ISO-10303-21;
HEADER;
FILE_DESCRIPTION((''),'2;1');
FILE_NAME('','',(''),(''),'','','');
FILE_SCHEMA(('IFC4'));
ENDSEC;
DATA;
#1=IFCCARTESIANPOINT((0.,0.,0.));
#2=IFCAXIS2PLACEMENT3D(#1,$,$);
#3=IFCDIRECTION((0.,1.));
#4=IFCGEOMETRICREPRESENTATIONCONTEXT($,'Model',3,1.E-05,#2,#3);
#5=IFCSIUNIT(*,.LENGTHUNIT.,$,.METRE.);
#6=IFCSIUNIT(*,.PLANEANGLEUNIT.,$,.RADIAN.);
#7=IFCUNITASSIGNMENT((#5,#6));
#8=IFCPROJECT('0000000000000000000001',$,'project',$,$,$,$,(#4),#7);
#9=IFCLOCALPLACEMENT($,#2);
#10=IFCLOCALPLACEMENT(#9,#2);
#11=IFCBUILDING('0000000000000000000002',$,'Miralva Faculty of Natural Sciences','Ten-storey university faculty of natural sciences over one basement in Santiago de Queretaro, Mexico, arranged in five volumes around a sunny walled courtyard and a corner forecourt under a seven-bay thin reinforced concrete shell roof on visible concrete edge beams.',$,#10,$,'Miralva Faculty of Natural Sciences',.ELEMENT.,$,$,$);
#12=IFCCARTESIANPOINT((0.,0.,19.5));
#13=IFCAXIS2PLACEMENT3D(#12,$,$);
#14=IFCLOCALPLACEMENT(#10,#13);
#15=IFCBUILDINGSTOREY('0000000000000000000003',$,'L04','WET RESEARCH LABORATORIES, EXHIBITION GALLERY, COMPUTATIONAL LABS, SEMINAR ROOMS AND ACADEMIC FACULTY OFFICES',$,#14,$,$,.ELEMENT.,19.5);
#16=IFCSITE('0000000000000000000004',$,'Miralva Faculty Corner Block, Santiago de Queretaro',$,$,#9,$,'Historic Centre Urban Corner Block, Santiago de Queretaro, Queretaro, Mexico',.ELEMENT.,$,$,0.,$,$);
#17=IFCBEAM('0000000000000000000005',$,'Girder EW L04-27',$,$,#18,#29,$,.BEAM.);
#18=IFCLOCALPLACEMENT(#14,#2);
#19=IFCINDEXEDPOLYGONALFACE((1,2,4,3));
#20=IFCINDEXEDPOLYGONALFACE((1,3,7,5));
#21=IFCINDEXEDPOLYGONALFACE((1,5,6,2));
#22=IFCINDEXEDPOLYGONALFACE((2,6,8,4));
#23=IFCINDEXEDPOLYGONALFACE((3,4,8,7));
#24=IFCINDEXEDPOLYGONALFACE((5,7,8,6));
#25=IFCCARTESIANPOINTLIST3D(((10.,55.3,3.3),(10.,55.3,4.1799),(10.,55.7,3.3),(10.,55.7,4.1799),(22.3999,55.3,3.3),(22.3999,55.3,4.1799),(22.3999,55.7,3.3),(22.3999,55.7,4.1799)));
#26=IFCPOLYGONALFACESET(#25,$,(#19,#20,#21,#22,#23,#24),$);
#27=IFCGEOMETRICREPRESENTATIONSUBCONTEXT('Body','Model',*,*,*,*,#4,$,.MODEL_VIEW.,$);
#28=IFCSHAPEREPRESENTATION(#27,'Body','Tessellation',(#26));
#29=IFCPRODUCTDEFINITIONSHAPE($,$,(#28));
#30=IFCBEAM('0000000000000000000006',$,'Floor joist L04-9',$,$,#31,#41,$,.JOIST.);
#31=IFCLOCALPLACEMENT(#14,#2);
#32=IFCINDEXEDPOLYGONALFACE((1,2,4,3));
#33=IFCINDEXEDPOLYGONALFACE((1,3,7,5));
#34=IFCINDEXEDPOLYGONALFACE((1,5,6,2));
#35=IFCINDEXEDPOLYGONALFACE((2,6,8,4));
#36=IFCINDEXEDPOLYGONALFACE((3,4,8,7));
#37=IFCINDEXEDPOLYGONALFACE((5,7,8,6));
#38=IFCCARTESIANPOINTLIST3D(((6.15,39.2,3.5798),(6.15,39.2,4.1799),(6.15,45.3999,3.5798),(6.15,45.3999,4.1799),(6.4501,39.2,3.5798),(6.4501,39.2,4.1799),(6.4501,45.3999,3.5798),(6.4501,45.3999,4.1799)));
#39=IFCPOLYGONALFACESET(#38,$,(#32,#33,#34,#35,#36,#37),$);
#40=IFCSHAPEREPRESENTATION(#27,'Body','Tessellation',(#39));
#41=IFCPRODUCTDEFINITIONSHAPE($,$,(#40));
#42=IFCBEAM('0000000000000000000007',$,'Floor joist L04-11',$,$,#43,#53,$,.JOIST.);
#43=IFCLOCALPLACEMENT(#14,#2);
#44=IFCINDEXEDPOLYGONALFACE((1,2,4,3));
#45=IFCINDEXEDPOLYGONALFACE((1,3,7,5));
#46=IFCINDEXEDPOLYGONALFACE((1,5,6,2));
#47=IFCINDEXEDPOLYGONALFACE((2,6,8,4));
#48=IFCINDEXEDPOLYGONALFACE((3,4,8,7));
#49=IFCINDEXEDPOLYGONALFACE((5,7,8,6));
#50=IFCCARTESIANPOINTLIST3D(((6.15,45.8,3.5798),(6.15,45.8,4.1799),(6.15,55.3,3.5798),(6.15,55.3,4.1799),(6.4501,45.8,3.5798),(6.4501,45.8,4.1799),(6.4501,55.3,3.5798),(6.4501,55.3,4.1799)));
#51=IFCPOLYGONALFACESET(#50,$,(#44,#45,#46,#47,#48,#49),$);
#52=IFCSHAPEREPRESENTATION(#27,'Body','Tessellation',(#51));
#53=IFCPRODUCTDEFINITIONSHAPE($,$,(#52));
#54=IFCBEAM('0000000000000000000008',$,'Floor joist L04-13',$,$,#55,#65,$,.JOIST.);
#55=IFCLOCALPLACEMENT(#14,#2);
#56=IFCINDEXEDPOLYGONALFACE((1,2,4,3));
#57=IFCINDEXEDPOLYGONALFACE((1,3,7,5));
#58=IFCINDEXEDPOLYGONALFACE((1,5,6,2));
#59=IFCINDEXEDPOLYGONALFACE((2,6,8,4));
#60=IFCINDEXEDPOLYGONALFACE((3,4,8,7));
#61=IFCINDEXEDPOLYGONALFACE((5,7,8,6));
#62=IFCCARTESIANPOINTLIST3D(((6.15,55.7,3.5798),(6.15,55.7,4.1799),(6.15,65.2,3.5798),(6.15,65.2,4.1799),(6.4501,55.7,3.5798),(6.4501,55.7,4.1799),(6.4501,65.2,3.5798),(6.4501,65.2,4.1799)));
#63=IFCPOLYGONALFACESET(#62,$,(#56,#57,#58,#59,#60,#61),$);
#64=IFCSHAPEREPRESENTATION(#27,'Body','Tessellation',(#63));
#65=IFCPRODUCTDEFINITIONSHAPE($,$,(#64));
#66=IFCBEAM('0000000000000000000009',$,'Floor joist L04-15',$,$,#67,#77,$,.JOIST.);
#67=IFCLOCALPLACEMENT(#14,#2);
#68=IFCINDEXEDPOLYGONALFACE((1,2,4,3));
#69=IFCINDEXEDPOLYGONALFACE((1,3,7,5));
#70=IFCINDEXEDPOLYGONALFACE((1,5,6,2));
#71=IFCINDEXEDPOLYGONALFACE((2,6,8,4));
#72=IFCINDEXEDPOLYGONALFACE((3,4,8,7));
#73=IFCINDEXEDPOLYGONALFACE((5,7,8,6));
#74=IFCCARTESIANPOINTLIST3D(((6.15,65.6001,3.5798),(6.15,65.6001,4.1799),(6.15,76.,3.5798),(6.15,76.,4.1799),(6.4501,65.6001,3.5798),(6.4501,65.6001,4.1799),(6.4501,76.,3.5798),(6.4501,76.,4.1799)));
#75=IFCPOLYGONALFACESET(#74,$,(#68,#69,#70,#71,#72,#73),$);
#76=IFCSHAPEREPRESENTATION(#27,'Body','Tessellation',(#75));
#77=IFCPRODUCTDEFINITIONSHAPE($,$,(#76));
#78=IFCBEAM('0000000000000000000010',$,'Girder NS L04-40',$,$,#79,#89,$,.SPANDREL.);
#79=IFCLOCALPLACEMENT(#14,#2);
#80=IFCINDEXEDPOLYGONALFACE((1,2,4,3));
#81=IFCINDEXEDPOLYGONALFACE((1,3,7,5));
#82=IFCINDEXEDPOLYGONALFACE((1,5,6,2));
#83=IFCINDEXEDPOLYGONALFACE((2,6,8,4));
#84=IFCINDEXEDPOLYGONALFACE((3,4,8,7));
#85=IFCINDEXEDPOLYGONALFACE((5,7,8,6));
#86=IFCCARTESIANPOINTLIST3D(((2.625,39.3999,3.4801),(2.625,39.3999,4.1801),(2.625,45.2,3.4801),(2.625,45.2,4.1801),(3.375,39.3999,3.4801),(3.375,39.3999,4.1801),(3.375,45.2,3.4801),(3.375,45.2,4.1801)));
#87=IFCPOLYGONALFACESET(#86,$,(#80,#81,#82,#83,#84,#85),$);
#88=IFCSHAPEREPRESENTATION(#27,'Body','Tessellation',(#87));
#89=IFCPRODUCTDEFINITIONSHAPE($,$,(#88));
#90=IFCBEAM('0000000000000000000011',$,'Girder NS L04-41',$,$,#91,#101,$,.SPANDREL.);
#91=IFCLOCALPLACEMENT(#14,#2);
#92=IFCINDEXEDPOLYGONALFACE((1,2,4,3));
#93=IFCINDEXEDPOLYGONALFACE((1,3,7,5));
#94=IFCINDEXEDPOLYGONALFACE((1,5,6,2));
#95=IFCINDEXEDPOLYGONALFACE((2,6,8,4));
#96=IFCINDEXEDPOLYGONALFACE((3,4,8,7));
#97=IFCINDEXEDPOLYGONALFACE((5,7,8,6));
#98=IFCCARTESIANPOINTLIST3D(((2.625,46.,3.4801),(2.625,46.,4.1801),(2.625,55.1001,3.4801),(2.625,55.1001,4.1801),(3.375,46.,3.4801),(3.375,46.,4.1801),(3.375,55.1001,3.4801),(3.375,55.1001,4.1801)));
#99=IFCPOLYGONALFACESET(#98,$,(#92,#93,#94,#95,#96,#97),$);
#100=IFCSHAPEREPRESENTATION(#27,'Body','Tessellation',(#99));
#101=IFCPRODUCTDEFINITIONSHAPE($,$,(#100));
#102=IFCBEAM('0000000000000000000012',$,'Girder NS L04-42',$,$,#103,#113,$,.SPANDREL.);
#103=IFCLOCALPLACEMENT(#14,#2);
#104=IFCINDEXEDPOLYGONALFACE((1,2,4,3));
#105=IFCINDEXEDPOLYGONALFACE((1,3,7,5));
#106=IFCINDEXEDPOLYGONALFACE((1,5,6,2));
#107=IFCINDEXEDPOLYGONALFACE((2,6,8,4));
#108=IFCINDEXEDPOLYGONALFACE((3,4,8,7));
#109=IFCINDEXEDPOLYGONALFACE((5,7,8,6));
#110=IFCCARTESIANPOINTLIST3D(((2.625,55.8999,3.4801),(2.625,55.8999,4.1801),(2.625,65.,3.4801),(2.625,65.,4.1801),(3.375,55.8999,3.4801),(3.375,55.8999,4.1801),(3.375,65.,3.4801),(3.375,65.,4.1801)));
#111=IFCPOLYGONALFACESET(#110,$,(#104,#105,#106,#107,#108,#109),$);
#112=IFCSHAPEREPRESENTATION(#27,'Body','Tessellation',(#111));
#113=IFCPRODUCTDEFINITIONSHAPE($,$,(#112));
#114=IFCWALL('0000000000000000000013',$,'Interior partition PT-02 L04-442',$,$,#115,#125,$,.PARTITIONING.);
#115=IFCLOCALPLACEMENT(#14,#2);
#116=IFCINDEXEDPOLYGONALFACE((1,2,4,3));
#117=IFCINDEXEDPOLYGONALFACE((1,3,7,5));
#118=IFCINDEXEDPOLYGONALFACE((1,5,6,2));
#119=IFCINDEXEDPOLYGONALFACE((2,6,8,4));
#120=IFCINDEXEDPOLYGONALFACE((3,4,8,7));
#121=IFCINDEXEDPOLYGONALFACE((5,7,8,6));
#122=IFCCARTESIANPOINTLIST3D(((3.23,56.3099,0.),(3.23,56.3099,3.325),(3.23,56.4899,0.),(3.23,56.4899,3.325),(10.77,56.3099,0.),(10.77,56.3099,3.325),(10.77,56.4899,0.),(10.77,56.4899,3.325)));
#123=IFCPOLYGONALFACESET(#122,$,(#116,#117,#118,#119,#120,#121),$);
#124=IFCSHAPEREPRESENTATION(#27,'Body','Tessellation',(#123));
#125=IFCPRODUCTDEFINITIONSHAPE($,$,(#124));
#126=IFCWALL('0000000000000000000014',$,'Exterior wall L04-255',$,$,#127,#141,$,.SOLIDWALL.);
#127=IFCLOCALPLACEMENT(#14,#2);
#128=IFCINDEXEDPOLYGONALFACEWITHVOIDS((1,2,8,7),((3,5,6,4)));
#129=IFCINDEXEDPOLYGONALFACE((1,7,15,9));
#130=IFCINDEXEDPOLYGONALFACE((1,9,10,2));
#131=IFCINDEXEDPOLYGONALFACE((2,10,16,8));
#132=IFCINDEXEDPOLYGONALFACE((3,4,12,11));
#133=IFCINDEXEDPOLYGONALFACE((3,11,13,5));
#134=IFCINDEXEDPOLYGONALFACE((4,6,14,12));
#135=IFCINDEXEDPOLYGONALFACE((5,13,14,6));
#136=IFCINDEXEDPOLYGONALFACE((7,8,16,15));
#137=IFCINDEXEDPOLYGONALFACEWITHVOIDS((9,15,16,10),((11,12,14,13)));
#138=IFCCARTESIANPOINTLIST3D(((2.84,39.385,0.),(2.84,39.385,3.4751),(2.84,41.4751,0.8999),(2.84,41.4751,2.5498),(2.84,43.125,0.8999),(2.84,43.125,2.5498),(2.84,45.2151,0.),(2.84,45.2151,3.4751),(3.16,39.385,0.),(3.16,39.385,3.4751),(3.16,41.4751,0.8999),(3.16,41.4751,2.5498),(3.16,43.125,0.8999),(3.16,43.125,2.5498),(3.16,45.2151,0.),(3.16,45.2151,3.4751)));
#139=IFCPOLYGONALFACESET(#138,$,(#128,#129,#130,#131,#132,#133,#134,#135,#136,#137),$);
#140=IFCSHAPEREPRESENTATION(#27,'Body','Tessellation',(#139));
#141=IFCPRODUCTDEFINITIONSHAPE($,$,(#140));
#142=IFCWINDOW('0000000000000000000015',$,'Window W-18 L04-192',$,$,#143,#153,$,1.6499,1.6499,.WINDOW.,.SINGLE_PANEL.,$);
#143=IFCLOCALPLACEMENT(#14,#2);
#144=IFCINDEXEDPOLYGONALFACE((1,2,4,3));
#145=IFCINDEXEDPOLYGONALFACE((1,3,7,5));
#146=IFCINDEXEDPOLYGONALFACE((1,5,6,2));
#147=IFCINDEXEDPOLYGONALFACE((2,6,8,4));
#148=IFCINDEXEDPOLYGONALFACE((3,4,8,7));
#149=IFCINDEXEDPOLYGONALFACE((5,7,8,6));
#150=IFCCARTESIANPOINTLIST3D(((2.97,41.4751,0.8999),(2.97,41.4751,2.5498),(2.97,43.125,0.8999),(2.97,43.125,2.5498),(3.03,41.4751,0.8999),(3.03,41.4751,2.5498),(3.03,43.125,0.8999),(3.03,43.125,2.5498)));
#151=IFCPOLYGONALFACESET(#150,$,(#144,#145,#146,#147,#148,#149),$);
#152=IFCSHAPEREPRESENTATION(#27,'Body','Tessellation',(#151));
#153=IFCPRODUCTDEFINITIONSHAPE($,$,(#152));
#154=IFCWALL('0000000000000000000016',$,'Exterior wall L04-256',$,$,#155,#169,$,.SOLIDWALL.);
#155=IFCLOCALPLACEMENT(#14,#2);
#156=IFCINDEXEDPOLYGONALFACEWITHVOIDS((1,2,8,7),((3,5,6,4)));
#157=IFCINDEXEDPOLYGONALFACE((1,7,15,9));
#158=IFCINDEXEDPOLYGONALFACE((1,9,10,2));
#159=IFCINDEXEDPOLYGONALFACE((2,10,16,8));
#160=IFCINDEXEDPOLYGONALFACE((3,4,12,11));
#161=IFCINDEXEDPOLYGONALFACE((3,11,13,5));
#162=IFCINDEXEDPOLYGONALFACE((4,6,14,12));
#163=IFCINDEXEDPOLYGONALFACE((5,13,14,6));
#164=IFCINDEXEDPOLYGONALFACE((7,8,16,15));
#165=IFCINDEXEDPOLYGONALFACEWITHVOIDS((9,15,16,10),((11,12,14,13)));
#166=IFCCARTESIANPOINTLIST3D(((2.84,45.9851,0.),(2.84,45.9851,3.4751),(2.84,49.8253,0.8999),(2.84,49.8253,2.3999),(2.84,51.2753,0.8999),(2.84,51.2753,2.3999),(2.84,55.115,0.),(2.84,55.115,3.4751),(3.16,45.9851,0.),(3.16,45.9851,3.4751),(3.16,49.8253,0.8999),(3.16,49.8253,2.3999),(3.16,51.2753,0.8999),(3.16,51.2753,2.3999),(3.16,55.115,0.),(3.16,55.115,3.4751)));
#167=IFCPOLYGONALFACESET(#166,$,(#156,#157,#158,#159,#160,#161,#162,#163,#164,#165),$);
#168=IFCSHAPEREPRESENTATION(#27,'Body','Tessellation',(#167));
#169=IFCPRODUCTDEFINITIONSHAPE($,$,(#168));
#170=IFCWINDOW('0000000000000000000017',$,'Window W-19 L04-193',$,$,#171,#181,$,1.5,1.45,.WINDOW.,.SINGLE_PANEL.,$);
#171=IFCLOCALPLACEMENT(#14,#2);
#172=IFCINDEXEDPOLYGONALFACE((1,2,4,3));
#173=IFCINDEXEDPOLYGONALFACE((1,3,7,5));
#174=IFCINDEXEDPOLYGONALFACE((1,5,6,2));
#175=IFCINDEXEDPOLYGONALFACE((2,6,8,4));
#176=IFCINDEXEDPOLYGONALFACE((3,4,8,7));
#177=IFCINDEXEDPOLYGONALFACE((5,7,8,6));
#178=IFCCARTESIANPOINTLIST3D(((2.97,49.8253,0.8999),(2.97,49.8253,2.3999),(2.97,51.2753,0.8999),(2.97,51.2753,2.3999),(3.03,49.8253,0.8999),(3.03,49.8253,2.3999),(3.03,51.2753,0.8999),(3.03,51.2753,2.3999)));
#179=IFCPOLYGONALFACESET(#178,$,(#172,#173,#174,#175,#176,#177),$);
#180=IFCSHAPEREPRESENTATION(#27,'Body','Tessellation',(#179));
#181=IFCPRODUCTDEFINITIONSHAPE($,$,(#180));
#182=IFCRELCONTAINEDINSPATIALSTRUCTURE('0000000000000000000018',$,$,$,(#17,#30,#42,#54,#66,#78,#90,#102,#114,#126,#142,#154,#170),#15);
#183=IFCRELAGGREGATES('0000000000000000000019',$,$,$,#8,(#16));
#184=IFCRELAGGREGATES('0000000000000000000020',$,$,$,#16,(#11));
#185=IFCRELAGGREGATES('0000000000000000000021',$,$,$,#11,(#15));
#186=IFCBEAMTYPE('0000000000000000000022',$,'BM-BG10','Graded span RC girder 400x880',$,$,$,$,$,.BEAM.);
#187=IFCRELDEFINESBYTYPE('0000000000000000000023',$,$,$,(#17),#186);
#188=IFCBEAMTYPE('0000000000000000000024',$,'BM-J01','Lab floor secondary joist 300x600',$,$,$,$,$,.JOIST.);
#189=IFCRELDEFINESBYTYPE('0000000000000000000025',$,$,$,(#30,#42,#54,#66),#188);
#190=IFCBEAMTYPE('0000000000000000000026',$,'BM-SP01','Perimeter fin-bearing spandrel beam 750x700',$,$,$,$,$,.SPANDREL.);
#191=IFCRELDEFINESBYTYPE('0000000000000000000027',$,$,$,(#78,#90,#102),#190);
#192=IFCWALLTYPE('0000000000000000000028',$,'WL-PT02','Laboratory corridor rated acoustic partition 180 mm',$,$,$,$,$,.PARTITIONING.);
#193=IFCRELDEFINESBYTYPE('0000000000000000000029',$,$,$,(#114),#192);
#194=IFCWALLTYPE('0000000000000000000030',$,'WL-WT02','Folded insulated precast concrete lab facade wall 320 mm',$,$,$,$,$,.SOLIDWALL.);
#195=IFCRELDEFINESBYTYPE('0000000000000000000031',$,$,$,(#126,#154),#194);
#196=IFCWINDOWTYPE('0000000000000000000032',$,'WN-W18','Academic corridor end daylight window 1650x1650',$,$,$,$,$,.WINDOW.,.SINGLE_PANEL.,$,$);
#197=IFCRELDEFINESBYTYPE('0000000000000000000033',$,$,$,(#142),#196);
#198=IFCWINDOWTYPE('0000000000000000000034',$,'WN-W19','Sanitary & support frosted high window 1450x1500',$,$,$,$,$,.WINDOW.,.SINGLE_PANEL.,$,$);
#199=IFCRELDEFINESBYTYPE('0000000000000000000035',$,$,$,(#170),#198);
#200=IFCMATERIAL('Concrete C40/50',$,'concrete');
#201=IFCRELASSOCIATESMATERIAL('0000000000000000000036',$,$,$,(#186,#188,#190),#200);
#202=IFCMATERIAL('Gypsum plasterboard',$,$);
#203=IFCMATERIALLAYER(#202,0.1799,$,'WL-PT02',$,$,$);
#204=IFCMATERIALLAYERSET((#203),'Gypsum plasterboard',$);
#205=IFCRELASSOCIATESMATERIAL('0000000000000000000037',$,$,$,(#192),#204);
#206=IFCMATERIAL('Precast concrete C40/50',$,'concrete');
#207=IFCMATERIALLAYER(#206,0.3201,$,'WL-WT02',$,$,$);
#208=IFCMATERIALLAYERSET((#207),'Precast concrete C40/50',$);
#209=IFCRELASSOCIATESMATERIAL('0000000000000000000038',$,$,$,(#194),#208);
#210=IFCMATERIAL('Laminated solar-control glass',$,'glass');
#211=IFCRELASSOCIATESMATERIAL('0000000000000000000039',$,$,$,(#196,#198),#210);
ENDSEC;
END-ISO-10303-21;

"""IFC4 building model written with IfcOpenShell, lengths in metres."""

from ifc_helpers import new_model, si_unit, direction, frame, frame_2d, origin, origin_2d, place, context, subcontext, project, spatial, rectangle, extrude, material, layer, layer_set, material_profile, profile_set, type_object, element, fill, save


model = new_model("IFC4")

# Units and contexts
model_context = context("Model", 3, precision=1e-05, world=origin(), true_north=direction((0.0, 1.0)))
body_context = subcontext(model_context, "Body", "Model", "MODEL_VIEW")
ifc_project = project(units=[si_unit("LENGTHUNIT", "METRE"), si_unit("PLANEANGLEUNIT", "RADIAN")], contexts=[model_context])

# Site, building, storey
site_placement = place(None, origin())
site = spatial("IfcSite", under=ifc_project, at=site_placement, Name="Miralva Faculty Corner Block, Santiago de Queretaro", LongName="Historic Centre Urban Corner Block, Santiago de Queretaro, Queretaro, Mexico", CompositionType="ELEMENT", RefElevation=0.0)
building_placement = place(site_placement, origin())
building = spatial("IfcBuilding", under=site, at=building_placement, Name="Miralva Faculty of Natural Sciences", Description="Ten-storey university faculty of natural sciences over one basement in Santiago de Queretaro, Mexico, arranged in five volumes around a sunny walled courtyard and a corner forecourt under a seven-bay thin reinforced concrete shell roof on visible concrete edge beams.", LongName="Miralva Faculty of Natural Sciences", CompositionType="ELEMENT")
storey_placement = place(building_placement, frame((0.0, 0.0, 19.5)))
storey = spatial("IfcBuildingStorey", under=building, at=storey_placement, Name="L04", Description="WET RESEARCH LABORATORIES, EXHIBITION GALLERY, COMPUTATIONAL LABS, SEMINAR ROOMS AND ACADEMIC FACULTY OFFICES", CompositionType="ELEMENT", Elevation=19.5)

# Shared definitions
ifc_material_1 = material(Name="Concrete C40/50", Category="concrete")

# Beams
ifc_material_profile_1 = material_profile(ifc_material_1, rectangle(XDim=0.3999, YDim=0.8799, at=origin_2d()), Name="RC 400x880")
ifc_profile_set_1 = profile_set([ifc_material_profile_1], Name="Concrete C40/50")
beam_type_1 = type_object("IfcBeamType", Name="BM-BG10", Description="Graded span RC girder 400x880", PredefinedType="BEAM", material=ifc_profile_set_1)
beam_1_placement = place(storey_placement, frame((10.0, 55.5, 3.74), z_axis=(1.0, 0.0, 0.0), x_axis=(0.0, 1.0, 0.0)))
element("IfcBeam", 1, at=beam_1_placement, inside=storey, type_object=beam_type_1, Name="Girder EW L04-27", PredefinedType="BEAM", context=body_context, shape_type="SweptSolid", body=[
    extrude(rectangle(XDim=0.3999, YDim=0.8799, at=origin_2d()), origin(), (0.0, 0.0, 1.0), 12.3999),
])
ifc_material_profile_2 = material_profile(ifc_material_1, rectangle(XDim=0.3, YDim=0.6001, at=origin_2d()), Name="RC 300x600")
ifc_profile_set_2 = profile_set([ifc_material_profile_2], Name="Concrete C40/50")
beam_type_2 = type_object("IfcBeamType", Name="BM-J01", Description="Lab floor secondary joist 300x600", PredefinedType="JOIST", material=ifc_profile_set_2)
beam_2_placement = place(storey_placement, frame((6.3, 39.2, 3.8799), z_axis=(0.0, 1.0, 0.0), x_axis=(-1.0, 0.0, 0.0)))
element("IfcBeam", 2, at=beam_2_placement, inside=storey, type_object=beam_type_2, Name="Floor joist L04-9", PredefinedType="JOIST", context=body_context, shape_type="SweptSolid", body=[
    extrude(rectangle(XDim=0.3, YDim=0.6001, at=origin_2d()), origin(), (0.0, 0.0, 1.0), 6.2),
])
for number, where, z_axis, x_axis, name in (
    (3, (6.3, 45.8, 3.8799), (0.0, 1.0, 0.0), (-1.0, 0.0, 0.0), "Floor joist L04-11"),
    (4, (6.3, 55.7, 3.8799), (0.0, 1.0, 0.0), (-1.0, 0.0, 0.0), "Floor joist L04-13"),
):
    element("IfcBeam", number, at=place(storey_placement, frame(where, z_axis=z_axis, x_axis=x_axis)), inside=storey, type_object=beam_type_2, Name=name, PredefinedType="JOIST", context=body_context, shape_type="SweptSolid", body=[
        extrude(rectangle(XDim=0.3, YDim=0.6001, at=origin_2d()), origin(), (0.0, 0.0, 1.0), 9.5),
    ])
beam_3_placement = place(storey_placement, frame((6.3, 65.6001, 3.8799), z_axis=(0.0, 1.0, 0.0), x_axis=(-1.0, 0.0, 0.0)))
element("IfcBeam", 5, at=beam_3_placement, inside=storey, type_object=beam_type_2, Name="Floor joist L04-15", PredefinedType="JOIST", context=body_context, shape_type="SweptSolid", body=[
    extrude(rectangle(XDim=0.3, YDim=0.6001, at=origin_2d()), origin(), (0.0, 0.0, 1.0), 10.3999),
])
ifc_material_profile_3 = material_profile(ifc_material_1, rectangle(XDim=0.75, YDim=0.7, at=origin_2d()), Name="RC 750x700")
ifc_profile_set_3 = profile_set([ifc_material_profile_3], Name="Concrete C40/50")
beam_type_3 = type_object("IfcBeamType", Name="BM-SP01", Description="Perimeter fin-bearing spandrel beam 750x700", PredefinedType="SPANDREL", material=ifc_profile_set_3)
beam_4_placement = place(storey_placement, frame((3.0, 39.3999, 3.8301), z_axis=(0.0, 1.0, 0.0), x_axis=(-1.0, 0.0, 0.0)))
element("IfcBeam", 6, at=beam_4_placement, inside=storey, type_object=beam_type_3, Name="Girder NS L04-40", PredefinedType="SPANDREL", context=body_context, shape_type="SweptSolid", body=[
    extrude(rectangle(XDim=0.75, YDim=0.7, at=origin_2d()), origin(), (0.0, 0.0, 1.0), 5.8),
])
for number, where, z_axis, x_axis, name in (
    (7, (3.0, 46.0, 3.8301), (0.0, 1.0, 0.0), (-1.0, 0.0, 0.0), "Girder NS L04-41"),
    (8, (3.0, 55.8999, 3.8301), (0.0, 1.0, 0.0), (-1.0, 0.0, 0.0), "Girder NS L04-42"),
):
    element("IfcBeam", number, at=place(storey_placement, frame(where, z_axis=z_axis, x_axis=x_axis)), inside=storey, type_object=beam_type_3, Name=name, PredefinedType="SPANDREL", context=body_context, shape_type="SweptSolid", body=[
        extrude(rectangle(XDim=0.75, YDim=0.7, at=origin_2d()), origin(), (0.0, 0.0, 1.0), 9.1001),
    ])

# Wall
ifc_material_2 = material(Name="Gypsum plasterboard")
ifc_layer_1 = layer(ifc_material_2, 0.1799, Name="WL-PT02")
ifc_layer_set_1 = layer_set([ifc_layer_1], Name="Gypsum plasterboard")
wall_type_1 = type_object("IfcWallType", Name="WL-PT02", Description="Laboratory corridor rated acoustic partition 180 mm", PredefinedType="PARTITIONING", material=ifc_layer_set_1)
wall_1_placement = place(storey_placement, frame((3.23, 56.3999, 0.0), z_axis=(0.0, 0.0, 1.0), x_axis=(1.0, 0.0, 0.0)))
element("IfcWall", 9, at=wall_1_placement, inside=storey, type_object=wall_type_1, Name="Interior partition PT-02 L04-442", PredefinedType="PARTITIONING", context=body_context, shape_type="SweptSolid", body=[
    extrude(rectangle(XDim=7.54, YDim=0.1799, at=frame_2d((3.77, 0.0))), origin(), (0.0, 0.0, 1.0), 3.325),
])

# Walls, openings, windows
ifc_material_3 = material(Name="Precast concrete C40/50", Category="concrete")
ifc_layer_2 = layer(ifc_material_3, 0.3201, Name="WL-WT02")
ifc_layer_set_2 = layer_set([ifc_layer_2], Name="Precast concrete C40/50")
wall_type_2 = type_object("IfcWallType", Name="WL-WT02", Description="Folded insulated precast concrete lab facade wall 320 mm", PredefinedType="SOLIDWALL", material=ifc_layer_set_2)
wall_2_placement = place(storey_placement, frame((3.0, 39.385, 0.0), z_axis=(0.0, 0.0, 1.0), x_axis=(0.0, 1.0, 0.0)))
wall_2 = element("IfcWall", 10, at=wall_2_placement, inside=storey, type_object=wall_type_2, Name="Exterior wall L04-255", PredefinedType="SOLIDWALL", context=body_context, shape_type="SweptSolid", body=[
    extrude(rectangle(XDim=5.8301, YDim=0.3201, at=frame_2d((2.915, 0.0))), origin(), (0.0, 0.0, 1.0), 3.4751),
])
opening_1_placement = place(wall_2_placement, frame((2.0901, 0.0, 0.8999)))
opening_1 = element("IfcOpeningElement", 11, at=opening_1_placement, cuts=wall_2, PredefinedType="OPENING", context=body_context, shape_type="SweptSolid", body=[
    extrude(rectangle(XDim=1.6499, YDim=1.6499, at=frame_2d((0.825, 0.825))), frame((0.0, 0.1699, 0.0), z_axis=(0.0, -1.0, 0.0), x_axis=(1.0, 0.0, 0.0)), (0.0, 0.0, 1.0), 0.3401),
])
ifc_material_4 = material(Name="Laminated solar-control glass", Category="glass")
window_type_1 = type_object("IfcWindowType", Name="WN-W18", Description="Academic corridor end daylight window 1650x1650", PartitioningType="SINGLE_PANEL", PredefinedType="WINDOW", material=ifc_material_4)
window_1_placement = place(opening_1_placement, origin())
window_1 = element("IfcWindow", 12, at=window_1_placement, inside=storey, type_object=window_type_1, Name="Window W-18 L04-192", OverallHeight=1.6499, OverallWidth=1.6499, PartitioningType="SINGLE_PANEL", PredefinedType="WINDOW", context=body_context, shape_type="SweptSolid", body=[
    extrude(rectangle(XDim=1.6499, YDim=1.6499, at=frame_2d((0.825, 0.825))), frame((0.0, 0.03, 0.0), z_axis=(0.0, -1.0, 0.0), x_axis=(1.0, 0.0, 0.0)), (0.0, 0.0, 1.0), 0.0601),
])
fill(opening_1, window_1)
wall_3_placement = place(storey_placement, frame((3.0, 45.9851, 0.0), z_axis=(0.0, 0.0, 1.0), x_axis=(0.0, 1.0, 0.0)))
wall_3 = element("IfcWall", 13, at=wall_3_placement, inside=storey, type_object=wall_type_2, Name="Exterior wall L04-256", PredefinedType="SOLIDWALL", context=body_context, shape_type="SweptSolid", body=[
    extrude(rectangle(XDim=9.1299, YDim=0.3201, at=frame_2d((4.5649, 0.0))), origin(), (0.0, 0.0, 1.0), 3.4751),
])
opening_2_placement = place(wall_3_placement, frame((3.8401, 0.0, 0.8999)))
opening_2 = element("IfcOpeningElement", 14, at=opening_2_placement, cuts=wall_3, PredefinedType="OPENING", context=body_context, shape_type="SweptSolid", body=[
    extrude(rectangle(XDim=1.45, YDim=1.5, at=frame_2d((0.7251, 0.75))), frame((0.0, 0.1699, 0.0), z_axis=(0.0, -1.0, 0.0), x_axis=(1.0, 0.0, 0.0)), (0.0, 0.0, 1.0), 0.3401),
])
window_type_2 = type_object("IfcWindowType", Name="WN-W19", Description="Sanitary & support frosted high window 1450x1500", PartitioningType="SINGLE_PANEL", PredefinedType="WINDOW", material=ifc_material_4)
window_2_placement = place(opening_2_placement, origin())
window_2 = element("IfcWindow", 15, at=window_2_placement, inside=storey, type_object=window_type_2, Name="Window W-19 L04-193", OverallHeight=1.5, OverallWidth=1.45, PartitioningType="SINGLE_PANEL", PredefinedType="WINDOW", context=body_context, shape_type="SweptSolid", body=[
    extrude(rectangle(XDim=1.45, YDim=1.5, at=frame_2d((0.7251, 0.75))), frame((0.0, 0.03, 0.0), z_axis=(0.0, -1.0, 0.0), x_axis=(1.0, 0.0, 0.0)), (0.0, 0.0, 1.0), 0.0601),
])
fill(opening_2, window_2)

save(model, "model.ifc")
